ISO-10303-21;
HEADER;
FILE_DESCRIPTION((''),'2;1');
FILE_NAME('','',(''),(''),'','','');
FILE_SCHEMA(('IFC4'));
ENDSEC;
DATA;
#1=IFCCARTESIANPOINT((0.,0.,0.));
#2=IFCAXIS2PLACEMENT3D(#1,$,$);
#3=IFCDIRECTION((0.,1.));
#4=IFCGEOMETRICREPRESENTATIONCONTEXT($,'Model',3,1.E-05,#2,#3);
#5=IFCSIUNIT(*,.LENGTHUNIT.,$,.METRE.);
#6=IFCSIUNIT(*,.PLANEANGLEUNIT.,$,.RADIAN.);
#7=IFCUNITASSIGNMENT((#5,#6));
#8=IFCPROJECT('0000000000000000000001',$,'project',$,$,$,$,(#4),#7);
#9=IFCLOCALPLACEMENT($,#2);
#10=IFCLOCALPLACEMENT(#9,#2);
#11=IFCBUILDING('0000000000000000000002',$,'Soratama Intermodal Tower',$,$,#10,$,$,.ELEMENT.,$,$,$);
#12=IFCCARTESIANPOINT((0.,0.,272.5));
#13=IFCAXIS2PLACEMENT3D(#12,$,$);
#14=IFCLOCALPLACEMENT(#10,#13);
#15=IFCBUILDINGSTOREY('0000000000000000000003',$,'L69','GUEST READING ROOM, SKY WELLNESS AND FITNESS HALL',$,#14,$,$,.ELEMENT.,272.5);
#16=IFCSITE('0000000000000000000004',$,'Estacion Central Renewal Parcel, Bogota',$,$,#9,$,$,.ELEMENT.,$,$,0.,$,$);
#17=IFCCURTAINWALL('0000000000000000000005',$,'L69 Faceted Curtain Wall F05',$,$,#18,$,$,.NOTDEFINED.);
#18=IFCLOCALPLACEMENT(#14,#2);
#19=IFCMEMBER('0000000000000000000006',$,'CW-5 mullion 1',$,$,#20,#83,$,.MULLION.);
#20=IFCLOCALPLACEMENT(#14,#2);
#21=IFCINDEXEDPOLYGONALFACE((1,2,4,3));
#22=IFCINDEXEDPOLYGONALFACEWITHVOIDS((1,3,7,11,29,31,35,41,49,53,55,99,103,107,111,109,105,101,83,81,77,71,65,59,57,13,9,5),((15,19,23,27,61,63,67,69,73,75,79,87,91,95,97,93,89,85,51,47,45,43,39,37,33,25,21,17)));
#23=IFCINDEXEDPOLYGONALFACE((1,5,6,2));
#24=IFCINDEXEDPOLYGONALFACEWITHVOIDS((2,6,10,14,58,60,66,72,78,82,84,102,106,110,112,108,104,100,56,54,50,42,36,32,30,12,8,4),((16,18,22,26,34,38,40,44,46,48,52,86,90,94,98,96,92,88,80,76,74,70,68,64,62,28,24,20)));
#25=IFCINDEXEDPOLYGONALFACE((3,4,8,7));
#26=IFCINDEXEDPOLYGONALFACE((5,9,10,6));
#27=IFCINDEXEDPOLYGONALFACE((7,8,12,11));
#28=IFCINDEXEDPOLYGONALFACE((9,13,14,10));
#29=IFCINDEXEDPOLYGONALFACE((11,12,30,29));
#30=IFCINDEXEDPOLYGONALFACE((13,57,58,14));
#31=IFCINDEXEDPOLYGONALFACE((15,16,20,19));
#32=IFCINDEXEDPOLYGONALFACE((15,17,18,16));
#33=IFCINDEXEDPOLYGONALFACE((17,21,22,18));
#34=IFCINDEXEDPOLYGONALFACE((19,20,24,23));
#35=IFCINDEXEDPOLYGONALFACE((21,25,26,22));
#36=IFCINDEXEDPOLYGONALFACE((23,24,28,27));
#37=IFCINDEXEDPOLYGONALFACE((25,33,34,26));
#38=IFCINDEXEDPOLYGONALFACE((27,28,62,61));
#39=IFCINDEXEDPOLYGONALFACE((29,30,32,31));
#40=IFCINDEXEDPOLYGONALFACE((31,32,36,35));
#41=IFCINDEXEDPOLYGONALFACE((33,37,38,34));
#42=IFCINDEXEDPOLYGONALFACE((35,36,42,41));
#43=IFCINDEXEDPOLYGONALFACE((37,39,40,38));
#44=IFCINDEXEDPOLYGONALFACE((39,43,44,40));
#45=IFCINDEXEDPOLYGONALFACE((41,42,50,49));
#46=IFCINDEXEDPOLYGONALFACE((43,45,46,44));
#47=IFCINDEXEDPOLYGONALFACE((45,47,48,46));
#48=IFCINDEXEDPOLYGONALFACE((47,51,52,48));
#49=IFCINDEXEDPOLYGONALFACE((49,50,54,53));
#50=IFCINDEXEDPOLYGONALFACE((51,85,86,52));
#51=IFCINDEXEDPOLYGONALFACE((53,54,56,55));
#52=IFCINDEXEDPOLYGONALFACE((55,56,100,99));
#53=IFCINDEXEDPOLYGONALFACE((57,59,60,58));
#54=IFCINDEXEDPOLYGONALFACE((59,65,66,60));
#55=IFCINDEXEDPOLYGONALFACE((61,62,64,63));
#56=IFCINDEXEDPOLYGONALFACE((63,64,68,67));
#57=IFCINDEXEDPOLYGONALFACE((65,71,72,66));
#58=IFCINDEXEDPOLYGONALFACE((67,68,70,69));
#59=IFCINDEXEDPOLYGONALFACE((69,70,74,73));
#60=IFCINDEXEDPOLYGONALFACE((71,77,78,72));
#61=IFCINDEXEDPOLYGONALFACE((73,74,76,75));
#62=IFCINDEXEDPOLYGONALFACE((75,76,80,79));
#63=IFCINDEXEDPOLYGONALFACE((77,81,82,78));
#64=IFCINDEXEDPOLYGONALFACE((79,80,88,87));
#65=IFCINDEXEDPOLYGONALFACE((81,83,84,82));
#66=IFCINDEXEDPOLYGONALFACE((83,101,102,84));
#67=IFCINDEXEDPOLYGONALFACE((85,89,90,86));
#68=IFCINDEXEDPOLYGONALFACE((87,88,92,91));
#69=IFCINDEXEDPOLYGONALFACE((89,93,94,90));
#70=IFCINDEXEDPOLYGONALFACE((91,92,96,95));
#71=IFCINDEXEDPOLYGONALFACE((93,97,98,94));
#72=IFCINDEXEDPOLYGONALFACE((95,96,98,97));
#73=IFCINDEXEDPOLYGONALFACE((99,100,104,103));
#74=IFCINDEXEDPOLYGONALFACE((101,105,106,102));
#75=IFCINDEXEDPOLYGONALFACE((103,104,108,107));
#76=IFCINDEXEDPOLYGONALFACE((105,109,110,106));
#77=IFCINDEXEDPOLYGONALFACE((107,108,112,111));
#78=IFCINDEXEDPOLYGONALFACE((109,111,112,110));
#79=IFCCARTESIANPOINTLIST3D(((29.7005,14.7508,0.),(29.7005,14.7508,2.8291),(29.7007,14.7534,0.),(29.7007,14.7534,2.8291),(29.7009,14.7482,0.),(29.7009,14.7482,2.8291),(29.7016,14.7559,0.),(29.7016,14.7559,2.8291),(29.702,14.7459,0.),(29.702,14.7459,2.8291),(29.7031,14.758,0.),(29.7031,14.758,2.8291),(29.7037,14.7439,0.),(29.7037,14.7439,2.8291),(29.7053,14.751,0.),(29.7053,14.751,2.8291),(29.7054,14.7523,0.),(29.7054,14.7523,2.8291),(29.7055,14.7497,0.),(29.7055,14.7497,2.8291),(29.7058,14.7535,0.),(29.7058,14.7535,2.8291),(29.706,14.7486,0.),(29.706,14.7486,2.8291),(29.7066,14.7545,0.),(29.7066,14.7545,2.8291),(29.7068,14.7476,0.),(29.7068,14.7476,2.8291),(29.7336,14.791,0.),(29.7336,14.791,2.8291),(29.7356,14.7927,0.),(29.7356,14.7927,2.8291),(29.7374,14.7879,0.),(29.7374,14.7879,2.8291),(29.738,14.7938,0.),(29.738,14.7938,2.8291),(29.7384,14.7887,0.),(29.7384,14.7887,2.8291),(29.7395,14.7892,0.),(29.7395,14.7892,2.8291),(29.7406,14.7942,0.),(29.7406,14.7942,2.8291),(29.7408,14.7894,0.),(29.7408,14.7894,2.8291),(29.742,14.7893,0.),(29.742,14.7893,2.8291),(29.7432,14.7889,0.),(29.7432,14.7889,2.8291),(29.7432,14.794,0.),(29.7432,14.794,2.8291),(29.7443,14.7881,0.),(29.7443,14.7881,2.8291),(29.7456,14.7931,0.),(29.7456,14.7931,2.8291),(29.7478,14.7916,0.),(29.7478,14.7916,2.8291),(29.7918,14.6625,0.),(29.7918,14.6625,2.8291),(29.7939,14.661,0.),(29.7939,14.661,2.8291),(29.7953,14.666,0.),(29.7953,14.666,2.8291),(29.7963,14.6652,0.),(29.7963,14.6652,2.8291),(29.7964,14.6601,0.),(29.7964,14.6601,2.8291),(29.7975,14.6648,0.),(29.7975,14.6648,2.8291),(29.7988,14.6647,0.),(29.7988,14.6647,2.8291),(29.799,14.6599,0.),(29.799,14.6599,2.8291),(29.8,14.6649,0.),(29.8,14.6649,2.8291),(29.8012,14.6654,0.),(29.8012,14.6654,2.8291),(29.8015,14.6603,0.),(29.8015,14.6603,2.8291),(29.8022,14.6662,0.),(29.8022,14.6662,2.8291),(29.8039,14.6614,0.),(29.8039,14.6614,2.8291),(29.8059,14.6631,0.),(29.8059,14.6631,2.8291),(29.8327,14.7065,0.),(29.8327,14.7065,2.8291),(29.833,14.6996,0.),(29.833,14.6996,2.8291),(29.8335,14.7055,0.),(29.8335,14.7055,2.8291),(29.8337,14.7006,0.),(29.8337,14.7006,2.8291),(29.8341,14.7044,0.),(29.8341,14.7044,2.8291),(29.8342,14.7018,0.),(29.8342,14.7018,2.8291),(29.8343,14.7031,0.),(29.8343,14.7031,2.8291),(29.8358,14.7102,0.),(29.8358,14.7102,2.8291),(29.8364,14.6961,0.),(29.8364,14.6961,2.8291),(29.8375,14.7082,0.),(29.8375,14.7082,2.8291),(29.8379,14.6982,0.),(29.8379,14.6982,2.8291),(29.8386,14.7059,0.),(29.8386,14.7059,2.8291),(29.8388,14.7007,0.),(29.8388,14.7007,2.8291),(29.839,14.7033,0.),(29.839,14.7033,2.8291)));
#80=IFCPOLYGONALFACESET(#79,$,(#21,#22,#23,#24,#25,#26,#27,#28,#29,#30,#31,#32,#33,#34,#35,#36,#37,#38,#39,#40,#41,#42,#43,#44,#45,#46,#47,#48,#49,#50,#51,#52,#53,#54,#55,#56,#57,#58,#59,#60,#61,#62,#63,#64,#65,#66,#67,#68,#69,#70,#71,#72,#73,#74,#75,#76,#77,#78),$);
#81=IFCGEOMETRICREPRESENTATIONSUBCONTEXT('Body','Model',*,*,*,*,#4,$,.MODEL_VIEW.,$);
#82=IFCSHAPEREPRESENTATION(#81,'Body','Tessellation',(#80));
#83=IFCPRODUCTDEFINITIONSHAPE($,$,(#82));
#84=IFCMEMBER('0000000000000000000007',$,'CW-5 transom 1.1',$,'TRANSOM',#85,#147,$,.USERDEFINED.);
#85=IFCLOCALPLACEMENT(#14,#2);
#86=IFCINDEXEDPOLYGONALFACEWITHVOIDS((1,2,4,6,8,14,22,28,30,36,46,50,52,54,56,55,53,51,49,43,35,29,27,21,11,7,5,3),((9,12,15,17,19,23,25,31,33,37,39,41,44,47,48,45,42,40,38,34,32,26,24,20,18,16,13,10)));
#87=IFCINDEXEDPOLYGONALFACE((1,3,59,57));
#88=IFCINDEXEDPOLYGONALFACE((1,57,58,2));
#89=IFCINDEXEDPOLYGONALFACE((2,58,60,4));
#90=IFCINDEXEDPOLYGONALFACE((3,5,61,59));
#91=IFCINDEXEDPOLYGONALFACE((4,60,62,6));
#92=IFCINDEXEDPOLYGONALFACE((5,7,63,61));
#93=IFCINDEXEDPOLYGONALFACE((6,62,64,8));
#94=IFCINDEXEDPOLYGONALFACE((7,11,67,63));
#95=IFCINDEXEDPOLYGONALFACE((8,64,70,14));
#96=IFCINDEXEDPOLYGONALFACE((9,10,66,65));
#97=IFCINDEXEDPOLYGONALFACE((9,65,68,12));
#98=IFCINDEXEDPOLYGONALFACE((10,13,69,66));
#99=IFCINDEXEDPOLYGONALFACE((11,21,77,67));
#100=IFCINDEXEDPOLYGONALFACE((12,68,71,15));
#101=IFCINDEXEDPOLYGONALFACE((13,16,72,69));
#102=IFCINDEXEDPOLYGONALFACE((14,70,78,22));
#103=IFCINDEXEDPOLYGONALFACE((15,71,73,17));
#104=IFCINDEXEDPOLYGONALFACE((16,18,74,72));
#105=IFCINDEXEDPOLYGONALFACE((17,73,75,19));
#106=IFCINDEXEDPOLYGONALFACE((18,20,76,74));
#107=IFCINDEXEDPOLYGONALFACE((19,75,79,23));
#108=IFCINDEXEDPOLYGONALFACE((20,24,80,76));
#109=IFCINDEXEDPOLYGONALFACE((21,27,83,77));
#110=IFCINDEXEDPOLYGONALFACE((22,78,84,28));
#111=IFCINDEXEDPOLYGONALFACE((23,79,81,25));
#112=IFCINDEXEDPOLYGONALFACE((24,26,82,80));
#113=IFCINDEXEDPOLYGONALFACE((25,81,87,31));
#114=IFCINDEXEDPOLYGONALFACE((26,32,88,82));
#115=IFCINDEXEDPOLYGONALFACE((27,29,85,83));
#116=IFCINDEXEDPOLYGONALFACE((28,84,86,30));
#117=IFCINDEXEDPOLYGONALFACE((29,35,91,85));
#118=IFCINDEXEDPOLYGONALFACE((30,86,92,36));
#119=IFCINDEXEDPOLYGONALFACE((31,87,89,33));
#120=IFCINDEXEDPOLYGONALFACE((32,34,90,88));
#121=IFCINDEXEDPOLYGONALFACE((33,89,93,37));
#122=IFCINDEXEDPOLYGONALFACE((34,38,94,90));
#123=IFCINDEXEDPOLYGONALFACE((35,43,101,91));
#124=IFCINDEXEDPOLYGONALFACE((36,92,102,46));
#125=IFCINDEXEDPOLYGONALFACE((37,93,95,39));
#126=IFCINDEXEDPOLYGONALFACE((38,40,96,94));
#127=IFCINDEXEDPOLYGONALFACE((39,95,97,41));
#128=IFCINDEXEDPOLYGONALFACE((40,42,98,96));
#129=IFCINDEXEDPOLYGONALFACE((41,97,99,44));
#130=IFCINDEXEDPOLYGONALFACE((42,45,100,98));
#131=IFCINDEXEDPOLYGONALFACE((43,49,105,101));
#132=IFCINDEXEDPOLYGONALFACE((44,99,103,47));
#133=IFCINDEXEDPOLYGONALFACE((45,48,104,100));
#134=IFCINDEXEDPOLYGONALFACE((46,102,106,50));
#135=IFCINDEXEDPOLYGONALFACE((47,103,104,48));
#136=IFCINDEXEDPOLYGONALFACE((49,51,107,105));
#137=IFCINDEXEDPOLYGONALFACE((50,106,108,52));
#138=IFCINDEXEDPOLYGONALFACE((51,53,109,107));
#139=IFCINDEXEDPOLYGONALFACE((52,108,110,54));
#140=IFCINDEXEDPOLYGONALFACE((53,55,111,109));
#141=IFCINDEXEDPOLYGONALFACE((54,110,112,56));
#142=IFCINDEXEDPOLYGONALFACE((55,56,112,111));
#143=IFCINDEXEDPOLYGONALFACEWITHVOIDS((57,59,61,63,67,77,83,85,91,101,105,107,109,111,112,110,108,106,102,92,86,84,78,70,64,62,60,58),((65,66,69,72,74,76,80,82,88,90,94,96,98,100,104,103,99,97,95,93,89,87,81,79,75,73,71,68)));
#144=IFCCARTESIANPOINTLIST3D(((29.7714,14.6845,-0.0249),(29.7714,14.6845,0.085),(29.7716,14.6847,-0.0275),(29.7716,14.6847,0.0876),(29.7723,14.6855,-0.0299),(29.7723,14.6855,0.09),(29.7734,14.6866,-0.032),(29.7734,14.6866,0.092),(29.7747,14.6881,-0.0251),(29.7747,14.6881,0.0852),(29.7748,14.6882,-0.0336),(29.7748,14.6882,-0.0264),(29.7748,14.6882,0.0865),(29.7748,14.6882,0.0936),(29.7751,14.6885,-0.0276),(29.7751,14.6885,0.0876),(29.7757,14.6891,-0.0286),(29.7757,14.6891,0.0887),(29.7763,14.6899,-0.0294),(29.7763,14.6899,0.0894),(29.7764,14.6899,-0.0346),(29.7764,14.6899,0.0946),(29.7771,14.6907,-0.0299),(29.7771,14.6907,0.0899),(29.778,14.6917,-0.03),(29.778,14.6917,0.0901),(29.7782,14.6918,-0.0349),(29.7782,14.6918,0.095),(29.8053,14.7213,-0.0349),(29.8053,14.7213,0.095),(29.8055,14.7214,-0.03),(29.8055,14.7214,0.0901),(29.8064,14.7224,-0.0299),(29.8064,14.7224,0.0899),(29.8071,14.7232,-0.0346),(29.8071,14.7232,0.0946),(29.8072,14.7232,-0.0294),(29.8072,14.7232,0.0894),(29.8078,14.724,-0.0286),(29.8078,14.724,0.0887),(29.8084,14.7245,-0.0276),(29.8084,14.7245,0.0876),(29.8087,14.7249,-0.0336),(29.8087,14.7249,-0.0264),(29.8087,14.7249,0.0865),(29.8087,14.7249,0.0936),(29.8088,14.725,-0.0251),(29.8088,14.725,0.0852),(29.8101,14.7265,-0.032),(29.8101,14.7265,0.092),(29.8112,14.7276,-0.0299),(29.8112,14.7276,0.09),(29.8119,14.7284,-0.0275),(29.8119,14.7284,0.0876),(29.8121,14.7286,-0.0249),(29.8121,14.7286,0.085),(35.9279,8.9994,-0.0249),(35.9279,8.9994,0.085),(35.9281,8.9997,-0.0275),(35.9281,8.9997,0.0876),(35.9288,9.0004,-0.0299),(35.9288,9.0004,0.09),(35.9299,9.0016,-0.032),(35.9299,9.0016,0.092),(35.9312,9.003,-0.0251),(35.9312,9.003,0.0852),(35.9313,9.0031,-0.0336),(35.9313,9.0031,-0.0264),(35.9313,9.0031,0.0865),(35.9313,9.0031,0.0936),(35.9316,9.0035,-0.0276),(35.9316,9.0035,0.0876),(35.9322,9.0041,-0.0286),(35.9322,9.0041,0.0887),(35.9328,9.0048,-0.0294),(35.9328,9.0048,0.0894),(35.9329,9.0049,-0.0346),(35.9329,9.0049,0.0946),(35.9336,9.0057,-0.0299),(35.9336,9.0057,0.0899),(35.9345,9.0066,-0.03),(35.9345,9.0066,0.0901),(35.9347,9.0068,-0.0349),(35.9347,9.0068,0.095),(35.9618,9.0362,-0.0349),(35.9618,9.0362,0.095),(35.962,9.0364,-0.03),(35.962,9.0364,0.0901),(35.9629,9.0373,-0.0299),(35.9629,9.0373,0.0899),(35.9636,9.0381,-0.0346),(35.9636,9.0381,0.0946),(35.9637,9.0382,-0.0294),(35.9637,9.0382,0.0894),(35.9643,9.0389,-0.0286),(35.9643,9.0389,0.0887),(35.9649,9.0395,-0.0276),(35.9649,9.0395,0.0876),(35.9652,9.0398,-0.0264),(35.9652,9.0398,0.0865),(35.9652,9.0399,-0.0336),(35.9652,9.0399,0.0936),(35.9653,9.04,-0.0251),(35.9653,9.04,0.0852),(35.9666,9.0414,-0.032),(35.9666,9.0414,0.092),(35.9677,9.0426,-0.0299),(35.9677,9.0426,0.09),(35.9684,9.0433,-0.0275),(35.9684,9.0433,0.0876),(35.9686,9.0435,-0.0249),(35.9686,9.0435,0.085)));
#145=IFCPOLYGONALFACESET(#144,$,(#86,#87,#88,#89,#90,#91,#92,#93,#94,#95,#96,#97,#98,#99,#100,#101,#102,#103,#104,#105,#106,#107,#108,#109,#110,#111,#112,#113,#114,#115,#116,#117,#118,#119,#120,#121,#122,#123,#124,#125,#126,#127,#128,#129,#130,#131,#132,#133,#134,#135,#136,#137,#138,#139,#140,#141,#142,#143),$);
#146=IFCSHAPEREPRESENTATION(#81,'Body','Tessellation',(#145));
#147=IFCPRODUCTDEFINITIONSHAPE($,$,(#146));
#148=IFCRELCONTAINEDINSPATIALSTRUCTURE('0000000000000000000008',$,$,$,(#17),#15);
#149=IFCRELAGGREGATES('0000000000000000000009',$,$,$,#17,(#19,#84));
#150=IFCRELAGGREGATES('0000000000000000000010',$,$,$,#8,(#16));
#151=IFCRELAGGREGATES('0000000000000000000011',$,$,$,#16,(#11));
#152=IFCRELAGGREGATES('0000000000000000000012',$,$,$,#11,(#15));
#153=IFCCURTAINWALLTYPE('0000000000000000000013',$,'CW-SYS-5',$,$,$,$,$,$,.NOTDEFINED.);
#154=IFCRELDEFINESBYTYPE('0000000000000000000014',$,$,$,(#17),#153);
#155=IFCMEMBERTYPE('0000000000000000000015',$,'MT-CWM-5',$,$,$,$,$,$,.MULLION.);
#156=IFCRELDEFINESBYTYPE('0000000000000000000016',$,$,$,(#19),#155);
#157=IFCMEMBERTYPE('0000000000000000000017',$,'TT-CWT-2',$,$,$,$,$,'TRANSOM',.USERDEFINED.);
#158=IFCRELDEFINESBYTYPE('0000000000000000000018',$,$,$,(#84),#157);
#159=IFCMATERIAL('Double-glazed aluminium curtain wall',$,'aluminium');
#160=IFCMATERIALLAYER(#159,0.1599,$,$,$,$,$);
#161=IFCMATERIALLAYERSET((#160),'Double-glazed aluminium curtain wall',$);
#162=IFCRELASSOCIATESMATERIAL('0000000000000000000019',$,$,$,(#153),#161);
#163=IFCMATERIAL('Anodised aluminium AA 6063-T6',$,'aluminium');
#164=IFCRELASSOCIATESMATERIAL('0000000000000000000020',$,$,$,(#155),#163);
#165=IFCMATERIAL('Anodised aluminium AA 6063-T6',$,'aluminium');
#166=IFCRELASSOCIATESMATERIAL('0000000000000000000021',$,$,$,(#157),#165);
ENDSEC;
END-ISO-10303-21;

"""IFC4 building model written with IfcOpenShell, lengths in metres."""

from ifc_helpers import new_model, si_unit, direction, frame, origin, origin_2d, place, context, subcontext, project, spatial, hollow_rectangle, extrude, material, layer, layer_set, material_profile, profile_set, type_object, element, aggregate, save


model = new_model("IFC4")

# Units and contexts
model_context = context("Model", 3, precision=1e-05, world=origin(), true_north=direction((0.0, 1.0)))
body_context = subcontext(model_context, "Body", "Model", "MODEL_VIEW")
ifc_project = project(units=[si_unit("LENGTHUNIT", "METRE"), si_unit("PLANEANGLEUNIT", "RADIAN")], contexts=[model_context])

# Site, building, storey
site_placement = place(None, origin())
site = spatial("IfcSite", under=ifc_project, at=site_placement, Name="Estacion Central Renewal Parcel, Bogota", CompositionType="ELEMENT", RefElevation=0.0)
building_placement = place(site_placement, origin())
building = spatial("IfcBuilding", under=site, at=building_placement, Name="Soratama Intermodal Tower", CompositionType="ELEMENT")
storey_placement = place(building_placement, frame((0.0, 0.0, 272.5)))
storey = spatial("IfcBuildingStorey", under=building, at=storey_placement, Name="L69", Description="GUEST READING ROOM, SKY WELLNESS AND FITNESS HALL", CompositionType="ELEMENT", Elevation=272.5)

# Curtain wall, members
ifc_material_1 = material(Name="Double-glazed aluminium curtain wall", Category="aluminium")
ifc_layer_1 = layer(ifc_material_1, 0.1599)
ifc_layer_set_1 = layer_set([ifc_layer_1], Name="Double-glazed aluminium curtain wall")
curtain_wall_type = type_object("IfcCurtainWallType", Name="CW-SYS-5", PredefinedType="NOTDEFINED", material=ifc_layer_set_1)
curtain_wall_placement = place(storey_placement, origin())
curtain_wall = element("IfcCurtainWall", 1, at=curtain_wall_placement, inside=storey, type_object=curtain_wall_type, Name="L69 Faceted Curtain Wall F05", PredefinedType="NOTDEFINED")
ifc_material_2 = material(Name="Anodised aluminium AA 6063-T6", Category="aluminium")
ifc_material_profile_1 = material_profile(ifc_material_2, hollow_rectangle(XDim=0.0649, YDim=0.1399, WallThickness=0.0049, InnerFilletRadius=0.0049, OuterFilletRadius=0.01, at=origin_2d()), Name="CWM140X65X5")
ifc_profile_set_1 = profile_set([ifc_material_profile_1], Name="Anodised aluminium AA 6063-T6")
member_type_1 = type_object("IfcMemberType", Name="MT-CWM-5", PredefinedType="MULLION", material=ifc_profile_set_1)
member_1_placement = place(storey_placement, frame((29.7698, 14.7271, 0.0), z_axis=(0.0, 0.0, 1.0), x_axis=(0.678417, 0.734677, 0.0)))
member_1 = element("IfcMember", 2, at=member_1_placement, type_object=member_type_1, Name="CW-5 mullion 1", PredefinedType="MULLION", context=body_context, shape_type="SweptSolid", body=[
    extrude(hollow_rectangle(XDim=0.0649, YDim=0.1399, WallThickness=0.0049, InnerFilletRadius=0.0049, OuterFilletRadius=0.01, at=origin_2d()), origin(), (0.0, 0.0, 1.0), 2.8291),
])
ifc_material_3 = material(Name="Anodised aluminium AA 6063-T6", Category="aluminium")
ifc_material_profile_2 = material_profile(ifc_material_3, hollow_rectangle(XDim=0.0601, YDim=0.1299, WallThickness=0.0049, InnerFilletRadius=0.0049, OuterFilletRadius=0.01, at=origin_2d()), Name="CWT130X60X5")
ifc_profile_set_2 = profile_set([ifc_material_profile_2], Name="Anodised aluminium AA 6063-T6")
member_type_2 = type_object("IfcMemberType", Name="TT-CWT-2", ElementType="TRANSOM", PredefinedType="USERDEFINED", material=ifc_profile_set_2)
member_2_placement = place(storey_placement, frame((29.7917, 14.7065, 0.03), z_axis=(0.734676, -0.678418, 0.0), x_axis=(0.678418, 0.734676, 0.0)))
member_2 = element("IfcMember", 3, at=member_2_placement, type_object=member_type_2, Name="CW-5 transom 1.1", ObjectType="TRANSOM", PredefinedType="USERDEFINED", context=body_context, shape_type="SweptSolid", body=[
    extrude(hollow_rectangle(XDim=0.0601, YDim=0.1299, WallThickness=0.0049, InnerFilletRadius=0.0049, OuterFilletRadius=0.01, at=origin_2d()), origin(), (0.0, 0.0, 1.0), 8.3799),
])
aggregate(curtain_wall, [member_1, member_2])

save(model, "model.ifc")
